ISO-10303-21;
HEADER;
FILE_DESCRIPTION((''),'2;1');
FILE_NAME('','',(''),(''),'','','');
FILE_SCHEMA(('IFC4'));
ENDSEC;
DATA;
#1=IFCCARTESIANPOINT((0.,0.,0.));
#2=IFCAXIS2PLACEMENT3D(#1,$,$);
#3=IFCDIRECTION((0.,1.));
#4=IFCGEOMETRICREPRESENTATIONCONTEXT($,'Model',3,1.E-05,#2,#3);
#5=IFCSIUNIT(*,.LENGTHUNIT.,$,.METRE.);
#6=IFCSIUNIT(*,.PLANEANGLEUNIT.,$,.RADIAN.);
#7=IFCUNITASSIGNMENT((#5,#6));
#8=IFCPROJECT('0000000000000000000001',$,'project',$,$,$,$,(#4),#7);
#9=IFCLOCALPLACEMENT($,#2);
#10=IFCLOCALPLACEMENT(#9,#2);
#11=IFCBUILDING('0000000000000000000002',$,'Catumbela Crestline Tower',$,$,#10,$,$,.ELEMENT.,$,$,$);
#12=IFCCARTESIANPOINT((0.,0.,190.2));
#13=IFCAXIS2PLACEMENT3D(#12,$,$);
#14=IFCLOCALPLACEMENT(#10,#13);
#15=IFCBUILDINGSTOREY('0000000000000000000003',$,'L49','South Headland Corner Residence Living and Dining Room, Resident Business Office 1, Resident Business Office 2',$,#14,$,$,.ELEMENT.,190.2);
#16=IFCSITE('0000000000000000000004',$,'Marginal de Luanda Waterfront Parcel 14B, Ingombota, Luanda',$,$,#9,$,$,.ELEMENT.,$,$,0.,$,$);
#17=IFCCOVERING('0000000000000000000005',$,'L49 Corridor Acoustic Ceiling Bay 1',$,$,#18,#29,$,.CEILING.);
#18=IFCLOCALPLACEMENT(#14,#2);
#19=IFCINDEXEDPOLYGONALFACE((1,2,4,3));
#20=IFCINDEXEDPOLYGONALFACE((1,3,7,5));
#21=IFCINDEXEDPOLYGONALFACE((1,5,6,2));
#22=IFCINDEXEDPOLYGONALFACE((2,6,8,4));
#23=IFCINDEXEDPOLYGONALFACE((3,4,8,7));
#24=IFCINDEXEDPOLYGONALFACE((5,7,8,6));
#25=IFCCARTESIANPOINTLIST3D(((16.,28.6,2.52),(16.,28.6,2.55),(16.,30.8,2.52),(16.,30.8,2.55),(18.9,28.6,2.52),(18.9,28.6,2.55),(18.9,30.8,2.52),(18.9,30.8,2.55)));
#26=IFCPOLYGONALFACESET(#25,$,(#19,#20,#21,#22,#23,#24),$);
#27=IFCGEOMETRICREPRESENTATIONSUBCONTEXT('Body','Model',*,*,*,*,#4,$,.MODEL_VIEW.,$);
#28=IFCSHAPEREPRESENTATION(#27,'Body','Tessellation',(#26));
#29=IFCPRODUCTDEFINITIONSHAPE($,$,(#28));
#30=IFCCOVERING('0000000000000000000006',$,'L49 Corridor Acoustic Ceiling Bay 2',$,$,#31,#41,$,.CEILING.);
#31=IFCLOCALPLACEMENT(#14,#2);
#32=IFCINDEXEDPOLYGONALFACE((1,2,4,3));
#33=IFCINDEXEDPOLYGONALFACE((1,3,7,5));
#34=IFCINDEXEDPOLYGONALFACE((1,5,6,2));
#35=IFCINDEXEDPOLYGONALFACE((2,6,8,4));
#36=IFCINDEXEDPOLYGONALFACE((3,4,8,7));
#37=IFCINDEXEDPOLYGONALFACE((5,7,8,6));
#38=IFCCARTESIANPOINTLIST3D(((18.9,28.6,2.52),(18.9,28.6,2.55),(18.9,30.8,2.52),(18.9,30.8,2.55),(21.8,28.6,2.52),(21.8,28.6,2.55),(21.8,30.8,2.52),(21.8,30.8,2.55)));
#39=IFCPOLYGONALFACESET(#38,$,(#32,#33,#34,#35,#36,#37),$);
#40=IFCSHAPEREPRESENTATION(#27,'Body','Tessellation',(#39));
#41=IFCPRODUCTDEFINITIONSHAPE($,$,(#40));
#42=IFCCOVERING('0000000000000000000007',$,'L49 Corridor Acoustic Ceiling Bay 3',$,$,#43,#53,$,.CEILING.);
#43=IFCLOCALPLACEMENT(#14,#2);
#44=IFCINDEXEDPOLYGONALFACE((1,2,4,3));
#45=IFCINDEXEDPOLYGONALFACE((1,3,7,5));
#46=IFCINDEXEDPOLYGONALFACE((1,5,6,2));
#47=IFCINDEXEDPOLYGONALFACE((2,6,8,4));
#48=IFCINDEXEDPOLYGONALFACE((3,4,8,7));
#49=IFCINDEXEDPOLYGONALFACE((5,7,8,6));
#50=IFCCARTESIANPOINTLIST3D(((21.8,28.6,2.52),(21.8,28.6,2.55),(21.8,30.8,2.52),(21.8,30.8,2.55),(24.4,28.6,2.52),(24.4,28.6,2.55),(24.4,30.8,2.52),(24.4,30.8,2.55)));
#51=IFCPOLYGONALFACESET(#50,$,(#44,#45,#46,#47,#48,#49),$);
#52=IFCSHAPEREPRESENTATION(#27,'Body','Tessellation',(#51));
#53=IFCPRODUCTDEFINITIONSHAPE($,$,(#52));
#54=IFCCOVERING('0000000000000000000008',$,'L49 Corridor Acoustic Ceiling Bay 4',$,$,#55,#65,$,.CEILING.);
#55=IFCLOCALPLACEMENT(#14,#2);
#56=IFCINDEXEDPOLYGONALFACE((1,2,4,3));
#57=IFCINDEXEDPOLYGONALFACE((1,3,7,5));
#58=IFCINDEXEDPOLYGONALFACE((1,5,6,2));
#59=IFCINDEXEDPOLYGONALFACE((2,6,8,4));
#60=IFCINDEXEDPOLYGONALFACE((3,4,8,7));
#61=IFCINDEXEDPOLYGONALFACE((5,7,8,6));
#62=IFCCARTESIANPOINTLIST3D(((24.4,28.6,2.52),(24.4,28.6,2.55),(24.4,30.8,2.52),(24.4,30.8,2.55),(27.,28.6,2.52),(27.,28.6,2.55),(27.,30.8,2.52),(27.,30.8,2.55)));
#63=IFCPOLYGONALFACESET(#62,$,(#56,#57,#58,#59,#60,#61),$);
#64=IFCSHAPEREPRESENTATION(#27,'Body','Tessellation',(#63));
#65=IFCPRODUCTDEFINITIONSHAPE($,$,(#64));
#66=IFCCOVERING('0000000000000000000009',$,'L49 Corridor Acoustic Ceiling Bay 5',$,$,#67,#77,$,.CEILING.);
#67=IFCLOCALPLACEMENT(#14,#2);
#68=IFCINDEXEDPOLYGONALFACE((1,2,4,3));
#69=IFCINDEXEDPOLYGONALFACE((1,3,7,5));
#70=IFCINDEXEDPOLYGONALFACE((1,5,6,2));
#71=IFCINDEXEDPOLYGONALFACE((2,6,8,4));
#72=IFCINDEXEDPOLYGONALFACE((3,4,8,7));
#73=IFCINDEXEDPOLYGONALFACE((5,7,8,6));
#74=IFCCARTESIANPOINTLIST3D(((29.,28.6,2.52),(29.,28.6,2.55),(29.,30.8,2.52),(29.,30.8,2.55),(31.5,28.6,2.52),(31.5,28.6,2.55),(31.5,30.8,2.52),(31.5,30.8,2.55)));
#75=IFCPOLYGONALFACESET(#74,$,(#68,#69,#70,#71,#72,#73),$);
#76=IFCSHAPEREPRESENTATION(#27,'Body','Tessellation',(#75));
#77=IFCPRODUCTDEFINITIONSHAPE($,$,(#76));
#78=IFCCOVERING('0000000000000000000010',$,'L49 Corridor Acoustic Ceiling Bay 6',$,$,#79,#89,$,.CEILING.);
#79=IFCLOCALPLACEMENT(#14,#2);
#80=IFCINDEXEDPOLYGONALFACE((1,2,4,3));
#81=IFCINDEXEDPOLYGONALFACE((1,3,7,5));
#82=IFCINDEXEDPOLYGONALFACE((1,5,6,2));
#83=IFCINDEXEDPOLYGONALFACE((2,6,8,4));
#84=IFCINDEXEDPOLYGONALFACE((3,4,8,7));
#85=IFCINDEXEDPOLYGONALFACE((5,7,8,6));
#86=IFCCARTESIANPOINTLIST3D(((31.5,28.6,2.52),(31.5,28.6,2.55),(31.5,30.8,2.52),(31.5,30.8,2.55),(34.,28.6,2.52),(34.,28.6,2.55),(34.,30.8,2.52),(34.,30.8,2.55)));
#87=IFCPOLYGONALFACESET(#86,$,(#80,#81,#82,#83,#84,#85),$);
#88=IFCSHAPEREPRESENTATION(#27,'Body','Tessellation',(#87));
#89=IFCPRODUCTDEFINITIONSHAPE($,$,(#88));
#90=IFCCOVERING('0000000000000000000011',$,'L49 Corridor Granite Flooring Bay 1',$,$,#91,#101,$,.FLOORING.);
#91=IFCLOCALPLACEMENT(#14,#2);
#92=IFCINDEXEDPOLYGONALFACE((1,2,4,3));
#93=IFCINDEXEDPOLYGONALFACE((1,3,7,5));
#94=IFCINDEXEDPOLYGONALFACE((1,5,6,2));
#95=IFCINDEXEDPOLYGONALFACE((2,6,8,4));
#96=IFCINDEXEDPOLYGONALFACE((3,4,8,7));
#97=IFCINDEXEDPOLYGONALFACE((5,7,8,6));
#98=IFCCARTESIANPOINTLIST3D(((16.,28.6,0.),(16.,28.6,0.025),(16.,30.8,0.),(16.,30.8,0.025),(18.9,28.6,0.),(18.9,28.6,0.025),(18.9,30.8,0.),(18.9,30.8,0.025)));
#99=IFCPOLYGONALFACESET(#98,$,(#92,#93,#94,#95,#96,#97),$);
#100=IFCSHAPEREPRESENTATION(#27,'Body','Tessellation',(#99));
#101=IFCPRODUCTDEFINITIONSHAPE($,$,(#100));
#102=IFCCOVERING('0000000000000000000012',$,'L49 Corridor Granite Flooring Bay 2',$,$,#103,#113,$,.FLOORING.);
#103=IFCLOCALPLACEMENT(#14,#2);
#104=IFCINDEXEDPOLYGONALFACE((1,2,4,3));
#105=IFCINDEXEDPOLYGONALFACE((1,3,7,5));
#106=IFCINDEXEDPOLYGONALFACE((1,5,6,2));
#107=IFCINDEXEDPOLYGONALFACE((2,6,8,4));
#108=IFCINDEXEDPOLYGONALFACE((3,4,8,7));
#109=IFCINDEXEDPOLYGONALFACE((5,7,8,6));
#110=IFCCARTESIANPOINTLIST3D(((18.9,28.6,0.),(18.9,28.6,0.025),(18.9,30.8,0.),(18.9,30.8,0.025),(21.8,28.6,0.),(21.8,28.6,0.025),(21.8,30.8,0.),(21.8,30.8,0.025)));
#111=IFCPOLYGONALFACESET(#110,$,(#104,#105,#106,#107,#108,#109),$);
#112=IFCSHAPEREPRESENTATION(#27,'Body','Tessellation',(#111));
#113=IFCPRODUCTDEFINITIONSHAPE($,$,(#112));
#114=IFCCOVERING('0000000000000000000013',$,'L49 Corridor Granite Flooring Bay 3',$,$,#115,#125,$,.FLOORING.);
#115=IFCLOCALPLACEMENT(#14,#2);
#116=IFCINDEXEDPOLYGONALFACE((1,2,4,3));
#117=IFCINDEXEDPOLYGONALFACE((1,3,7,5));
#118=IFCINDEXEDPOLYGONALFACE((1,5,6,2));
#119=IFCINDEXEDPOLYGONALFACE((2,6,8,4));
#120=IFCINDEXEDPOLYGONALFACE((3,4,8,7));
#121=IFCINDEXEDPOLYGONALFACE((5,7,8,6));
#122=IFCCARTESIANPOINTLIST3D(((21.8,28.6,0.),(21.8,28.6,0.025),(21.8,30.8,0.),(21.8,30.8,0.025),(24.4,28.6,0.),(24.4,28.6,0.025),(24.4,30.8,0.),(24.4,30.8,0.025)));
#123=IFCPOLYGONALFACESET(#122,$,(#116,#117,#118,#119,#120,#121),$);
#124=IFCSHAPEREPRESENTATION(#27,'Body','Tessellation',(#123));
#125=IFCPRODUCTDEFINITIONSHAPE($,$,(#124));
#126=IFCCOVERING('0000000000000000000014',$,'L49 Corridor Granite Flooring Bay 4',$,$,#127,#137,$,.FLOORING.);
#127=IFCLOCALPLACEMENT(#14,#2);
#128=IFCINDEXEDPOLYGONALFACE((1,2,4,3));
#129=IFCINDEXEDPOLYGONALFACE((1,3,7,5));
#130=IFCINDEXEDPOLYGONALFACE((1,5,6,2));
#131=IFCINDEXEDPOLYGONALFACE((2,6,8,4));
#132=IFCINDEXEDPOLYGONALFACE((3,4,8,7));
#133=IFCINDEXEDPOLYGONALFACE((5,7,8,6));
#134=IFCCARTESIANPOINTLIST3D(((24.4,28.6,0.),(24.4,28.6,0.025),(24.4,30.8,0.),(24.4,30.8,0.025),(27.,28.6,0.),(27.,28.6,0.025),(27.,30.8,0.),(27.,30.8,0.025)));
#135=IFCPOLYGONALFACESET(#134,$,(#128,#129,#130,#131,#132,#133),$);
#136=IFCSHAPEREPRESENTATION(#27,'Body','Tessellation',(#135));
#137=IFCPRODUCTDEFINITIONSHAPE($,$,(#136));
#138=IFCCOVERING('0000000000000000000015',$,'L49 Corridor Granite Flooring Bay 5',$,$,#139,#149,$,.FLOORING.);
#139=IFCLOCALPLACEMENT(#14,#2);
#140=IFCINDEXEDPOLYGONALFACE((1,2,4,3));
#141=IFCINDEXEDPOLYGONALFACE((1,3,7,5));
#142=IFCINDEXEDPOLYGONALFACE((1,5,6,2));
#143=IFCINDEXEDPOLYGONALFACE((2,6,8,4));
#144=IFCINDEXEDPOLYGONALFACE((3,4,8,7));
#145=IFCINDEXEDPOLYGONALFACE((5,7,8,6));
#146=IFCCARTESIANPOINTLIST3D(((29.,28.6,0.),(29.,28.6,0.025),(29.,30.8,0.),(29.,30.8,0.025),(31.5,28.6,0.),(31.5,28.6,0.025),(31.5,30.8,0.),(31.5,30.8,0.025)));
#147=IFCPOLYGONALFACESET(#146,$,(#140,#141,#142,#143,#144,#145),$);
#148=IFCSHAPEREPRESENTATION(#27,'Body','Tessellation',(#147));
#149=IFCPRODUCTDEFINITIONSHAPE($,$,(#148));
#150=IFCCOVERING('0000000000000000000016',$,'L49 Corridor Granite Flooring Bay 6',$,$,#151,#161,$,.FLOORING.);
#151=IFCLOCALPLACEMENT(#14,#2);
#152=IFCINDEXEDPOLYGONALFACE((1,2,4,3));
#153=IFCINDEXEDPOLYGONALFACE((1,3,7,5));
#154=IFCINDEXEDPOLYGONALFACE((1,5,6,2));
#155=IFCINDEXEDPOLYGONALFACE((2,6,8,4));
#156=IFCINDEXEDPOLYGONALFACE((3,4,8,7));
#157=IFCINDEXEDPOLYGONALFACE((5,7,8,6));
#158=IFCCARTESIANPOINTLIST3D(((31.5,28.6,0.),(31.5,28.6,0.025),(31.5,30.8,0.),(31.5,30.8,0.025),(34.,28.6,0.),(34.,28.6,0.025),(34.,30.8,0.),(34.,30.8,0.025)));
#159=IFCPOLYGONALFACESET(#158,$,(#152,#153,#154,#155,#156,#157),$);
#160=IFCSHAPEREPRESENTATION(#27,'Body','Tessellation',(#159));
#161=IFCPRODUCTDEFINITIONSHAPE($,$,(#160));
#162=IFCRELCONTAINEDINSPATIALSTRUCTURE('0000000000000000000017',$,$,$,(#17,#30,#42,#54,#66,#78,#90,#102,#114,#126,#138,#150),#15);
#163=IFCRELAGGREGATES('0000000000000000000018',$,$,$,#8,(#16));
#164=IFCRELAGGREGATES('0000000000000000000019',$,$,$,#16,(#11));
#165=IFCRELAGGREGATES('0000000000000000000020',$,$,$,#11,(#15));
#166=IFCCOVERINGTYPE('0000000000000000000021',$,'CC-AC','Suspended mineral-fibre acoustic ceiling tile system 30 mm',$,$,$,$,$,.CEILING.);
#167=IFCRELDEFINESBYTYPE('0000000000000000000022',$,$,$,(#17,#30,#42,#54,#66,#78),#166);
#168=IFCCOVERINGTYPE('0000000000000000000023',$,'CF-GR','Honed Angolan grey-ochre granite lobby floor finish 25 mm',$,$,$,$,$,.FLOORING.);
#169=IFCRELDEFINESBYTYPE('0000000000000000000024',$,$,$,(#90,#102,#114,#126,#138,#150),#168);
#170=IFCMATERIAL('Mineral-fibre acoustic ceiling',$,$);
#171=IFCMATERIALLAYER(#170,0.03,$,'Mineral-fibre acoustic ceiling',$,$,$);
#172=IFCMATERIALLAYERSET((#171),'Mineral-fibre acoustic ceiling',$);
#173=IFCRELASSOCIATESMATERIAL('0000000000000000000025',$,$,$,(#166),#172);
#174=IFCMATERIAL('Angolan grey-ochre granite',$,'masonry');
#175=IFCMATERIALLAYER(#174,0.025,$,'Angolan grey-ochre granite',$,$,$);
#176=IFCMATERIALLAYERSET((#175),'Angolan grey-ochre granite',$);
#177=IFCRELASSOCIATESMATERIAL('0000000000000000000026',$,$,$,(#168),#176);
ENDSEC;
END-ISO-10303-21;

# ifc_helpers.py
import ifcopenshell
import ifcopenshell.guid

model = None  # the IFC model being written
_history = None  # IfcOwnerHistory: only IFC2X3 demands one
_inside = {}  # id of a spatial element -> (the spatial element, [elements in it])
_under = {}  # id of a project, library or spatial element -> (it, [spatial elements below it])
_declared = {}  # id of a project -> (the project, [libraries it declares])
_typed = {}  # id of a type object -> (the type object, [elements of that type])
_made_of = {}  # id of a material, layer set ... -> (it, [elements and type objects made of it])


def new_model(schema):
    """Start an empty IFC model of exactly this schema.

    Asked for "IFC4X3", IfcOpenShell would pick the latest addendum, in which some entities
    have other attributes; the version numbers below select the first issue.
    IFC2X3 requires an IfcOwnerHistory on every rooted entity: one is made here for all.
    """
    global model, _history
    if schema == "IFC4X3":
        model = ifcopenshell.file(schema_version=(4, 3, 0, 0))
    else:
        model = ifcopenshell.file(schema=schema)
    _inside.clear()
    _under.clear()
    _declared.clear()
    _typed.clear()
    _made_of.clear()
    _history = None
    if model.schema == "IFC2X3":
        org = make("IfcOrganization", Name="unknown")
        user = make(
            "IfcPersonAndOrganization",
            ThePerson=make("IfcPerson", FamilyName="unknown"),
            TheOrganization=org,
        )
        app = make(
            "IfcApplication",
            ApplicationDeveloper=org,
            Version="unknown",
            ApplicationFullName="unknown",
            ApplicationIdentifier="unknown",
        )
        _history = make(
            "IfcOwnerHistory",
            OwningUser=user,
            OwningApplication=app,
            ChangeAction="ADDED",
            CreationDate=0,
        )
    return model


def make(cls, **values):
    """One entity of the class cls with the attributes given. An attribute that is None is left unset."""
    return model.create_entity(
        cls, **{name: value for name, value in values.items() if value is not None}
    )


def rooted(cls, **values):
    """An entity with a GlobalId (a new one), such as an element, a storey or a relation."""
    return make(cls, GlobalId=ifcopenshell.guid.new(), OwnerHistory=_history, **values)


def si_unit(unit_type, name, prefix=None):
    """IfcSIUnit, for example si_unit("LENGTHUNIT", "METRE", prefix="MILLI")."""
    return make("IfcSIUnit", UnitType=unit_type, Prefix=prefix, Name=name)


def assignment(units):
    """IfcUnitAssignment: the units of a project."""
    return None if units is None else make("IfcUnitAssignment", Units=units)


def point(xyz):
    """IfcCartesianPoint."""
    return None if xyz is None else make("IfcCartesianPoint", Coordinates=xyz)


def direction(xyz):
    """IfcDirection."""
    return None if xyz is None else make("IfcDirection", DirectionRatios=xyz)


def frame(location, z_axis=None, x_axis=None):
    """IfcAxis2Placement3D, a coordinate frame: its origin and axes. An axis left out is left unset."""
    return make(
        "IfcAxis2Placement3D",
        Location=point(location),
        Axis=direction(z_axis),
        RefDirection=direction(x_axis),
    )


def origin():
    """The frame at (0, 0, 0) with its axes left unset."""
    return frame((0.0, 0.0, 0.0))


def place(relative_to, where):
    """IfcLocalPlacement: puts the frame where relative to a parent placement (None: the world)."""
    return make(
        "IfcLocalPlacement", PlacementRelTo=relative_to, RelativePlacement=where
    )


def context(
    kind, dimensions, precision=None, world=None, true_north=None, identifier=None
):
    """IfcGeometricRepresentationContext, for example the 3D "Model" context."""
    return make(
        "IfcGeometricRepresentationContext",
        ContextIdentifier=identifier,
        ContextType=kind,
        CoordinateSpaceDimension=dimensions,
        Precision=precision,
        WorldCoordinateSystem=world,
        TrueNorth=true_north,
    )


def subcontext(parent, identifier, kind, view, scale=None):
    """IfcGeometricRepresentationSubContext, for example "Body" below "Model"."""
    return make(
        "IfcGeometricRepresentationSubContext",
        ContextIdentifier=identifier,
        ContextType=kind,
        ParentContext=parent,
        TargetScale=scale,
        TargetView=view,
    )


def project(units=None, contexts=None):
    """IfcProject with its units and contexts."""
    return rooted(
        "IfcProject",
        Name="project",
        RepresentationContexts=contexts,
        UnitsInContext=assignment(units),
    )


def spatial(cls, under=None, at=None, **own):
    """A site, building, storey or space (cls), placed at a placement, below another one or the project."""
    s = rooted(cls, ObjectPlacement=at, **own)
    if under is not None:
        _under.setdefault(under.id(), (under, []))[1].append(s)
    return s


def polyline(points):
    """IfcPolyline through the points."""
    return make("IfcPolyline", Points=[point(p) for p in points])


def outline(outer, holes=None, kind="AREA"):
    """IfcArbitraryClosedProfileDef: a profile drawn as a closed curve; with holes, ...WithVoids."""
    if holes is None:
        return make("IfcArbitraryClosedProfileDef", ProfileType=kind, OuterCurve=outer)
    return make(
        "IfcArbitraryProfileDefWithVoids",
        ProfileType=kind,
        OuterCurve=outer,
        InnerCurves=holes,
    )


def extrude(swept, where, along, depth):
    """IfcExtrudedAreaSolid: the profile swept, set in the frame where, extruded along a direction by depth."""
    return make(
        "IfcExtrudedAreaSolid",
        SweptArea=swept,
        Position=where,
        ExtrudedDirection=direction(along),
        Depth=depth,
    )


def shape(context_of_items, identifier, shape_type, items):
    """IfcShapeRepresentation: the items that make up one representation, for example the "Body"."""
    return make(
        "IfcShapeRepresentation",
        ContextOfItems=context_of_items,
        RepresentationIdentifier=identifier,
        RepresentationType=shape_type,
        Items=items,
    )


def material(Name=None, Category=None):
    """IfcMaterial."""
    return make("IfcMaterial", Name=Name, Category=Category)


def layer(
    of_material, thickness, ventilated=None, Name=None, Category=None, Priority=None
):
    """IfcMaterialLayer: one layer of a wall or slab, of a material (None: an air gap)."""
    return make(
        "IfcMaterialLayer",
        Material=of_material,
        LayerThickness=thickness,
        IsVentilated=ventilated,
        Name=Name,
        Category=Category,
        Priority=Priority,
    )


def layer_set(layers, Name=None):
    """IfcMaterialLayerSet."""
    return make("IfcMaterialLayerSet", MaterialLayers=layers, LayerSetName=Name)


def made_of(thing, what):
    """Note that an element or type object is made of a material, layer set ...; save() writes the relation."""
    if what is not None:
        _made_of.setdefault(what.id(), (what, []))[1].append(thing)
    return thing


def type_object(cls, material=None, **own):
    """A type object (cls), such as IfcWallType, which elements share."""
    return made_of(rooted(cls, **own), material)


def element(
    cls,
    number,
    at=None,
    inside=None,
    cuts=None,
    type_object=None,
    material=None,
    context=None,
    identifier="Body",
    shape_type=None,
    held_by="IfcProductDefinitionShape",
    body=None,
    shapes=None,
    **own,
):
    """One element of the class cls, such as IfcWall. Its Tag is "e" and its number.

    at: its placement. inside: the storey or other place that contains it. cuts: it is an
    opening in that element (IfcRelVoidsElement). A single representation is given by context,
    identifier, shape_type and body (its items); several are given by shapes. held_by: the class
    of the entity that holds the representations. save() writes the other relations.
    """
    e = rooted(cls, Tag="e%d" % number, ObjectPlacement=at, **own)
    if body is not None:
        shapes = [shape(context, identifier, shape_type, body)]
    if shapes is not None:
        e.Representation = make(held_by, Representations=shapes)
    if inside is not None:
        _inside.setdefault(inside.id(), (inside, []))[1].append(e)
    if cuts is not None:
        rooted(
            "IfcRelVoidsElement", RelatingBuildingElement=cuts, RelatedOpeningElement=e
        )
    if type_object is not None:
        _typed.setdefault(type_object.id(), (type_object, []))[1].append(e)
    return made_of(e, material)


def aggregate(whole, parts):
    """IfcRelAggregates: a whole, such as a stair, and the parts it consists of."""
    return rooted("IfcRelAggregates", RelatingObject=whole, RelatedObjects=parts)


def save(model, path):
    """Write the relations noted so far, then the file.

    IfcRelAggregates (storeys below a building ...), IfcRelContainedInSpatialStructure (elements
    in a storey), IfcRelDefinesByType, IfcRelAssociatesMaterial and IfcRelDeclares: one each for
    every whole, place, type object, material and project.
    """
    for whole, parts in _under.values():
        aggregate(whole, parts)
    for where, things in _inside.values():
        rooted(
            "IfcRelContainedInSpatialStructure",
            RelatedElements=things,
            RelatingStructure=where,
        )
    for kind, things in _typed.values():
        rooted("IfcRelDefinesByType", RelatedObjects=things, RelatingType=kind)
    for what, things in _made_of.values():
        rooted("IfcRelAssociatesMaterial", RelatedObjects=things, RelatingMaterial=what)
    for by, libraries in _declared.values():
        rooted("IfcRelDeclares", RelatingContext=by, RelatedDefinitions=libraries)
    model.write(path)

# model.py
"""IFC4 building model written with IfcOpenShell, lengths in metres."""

from ifc_helpers import new_model, si_unit, direction, frame, origin, place, context, subcontext, project, spatial, polyline, outline, extrude, material, layer, layer_set, type_object, element, save


model = new_model("IFC4")

# Units and contexts
model_context = context("Model", 3, precision=1e-05, world=origin(), true_north=direction((0.0, 1.0)))
body_context = subcontext(model_context, "Body", "Model", "MODEL_VIEW")
ifc_project = project(units=[si_unit("LENGTHUNIT", "METRE"), si_unit("PLANEANGLEUNIT", "RADIAN")], contexts=[model_context])

# Site, building, storey
site_placement = place(None, origin())
site = spatial("IfcSite", under=ifc_project, at=site_placement, Name="Marginal de Luanda Waterfront Parcel 14B, Ingombota, Luanda", CompositionType="ELEMENT", RefElevation=0.0)
building_placement = place(site_placement, origin())
building = spatial("IfcBuilding", under=site, at=building_placement, Name="Catumbela Crestline Tower", CompositionType="ELEMENT")
storey_placement = place(building_placement, frame((0.0, 0.0, 190.2)))
storey = spatial("IfcBuildingStorey", under=building, at=storey_placement, Name="L49", Description="South Headland Corner Residence Living and Dining Room, Resident Business Office 1, Resident Business Office 2", CompositionType="ELEMENT", Elevation=190.2)

# Coverings
ifc_material_1 = material(Name="Mineral-fibre acoustic ceiling")
ifc_layer_1 = layer(ifc_material_1, 0.03, Name="Mineral-fibre acoustic ceiling")
ifc_layer_set_1 = layer_set([ifc_layer_1], Name="Mineral-fibre acoustic ceiling")
covering_type_1 = type_object("IfcCoveringType", Name="CC-AC", Description="Suspended mineral-fibre acoustic ceiling tile system 30 mm", PredefinedType="CEILING", material=ifc_layer_set_1)
covering_1_placement = place(storey_placement, frame((0.0, 0.0, 2.52)))
element("IfcCovering", 1, at=covering_1_placement, inside=storey, type_object=covering_type_1, Name="L49 Corridor Acoustic Ceiling Bay 1", PredefinedType="CEILING", context=body_context, shape_type="SweptSolid", body=[
    extrude(outline(polyline([(16.0, 28.6), (18.9, 28.6), (18.9, 30.8), (16.0, 30.8), (16.0, 28.6)])), origin(), (0.0, 0.0, 1.0), 0.03),
])
covering_2_placement = place(storey_placement, frame((0.0, 0.0, 2.52)))
element("IfcCovering", 2, at=covering_2_placement, inside=storey, type_object=covering_type_1, Name="L49 Corridor Acoustic Ceiling Bay 2", PredefinedType="CEILING", context=body_context, shape_type="SweptSolid", body=[
    extrude(outline(polyline([(18.9, 28.6), (21.8, 28.6), (21.8, 30.8), (18.9, 30.8), (18.9, 28.6)])), origin(), (0.0, 0.0, 1.0), 0.03),
])
covering_3_placement = place(storey_placement, frame((0.0, 0.0, 2.52)))
element("IfcCovering", 3, at=covering_3_placement, inside=storey, type_object=covering_type_1, Name="L49 Corridor Acoustic Ceiling Bay 3", PredefinedType="CEILING", context=body_context, shape_type="SweptSolid", body=[
    extrude(outline(polyline([(21.8, 28.6), (24.4, 28.6), (24.4, 30.8), (21.8, 30.8), (21.8, 28.6)])), origin(), (0.0, 0.0, 1.0), 0.03),
])
covering_4_placement = place(storey_placement, frame((0.0, 0.0, 2.52)))
element("IfcCovering", 4, at=covering_4_placement, inside=storey, type_object=covering_type_1, Name="L49 Corridor Acoustic Ceiling Bay 4", PredefinedType="CEILING", context=body_context, shape_type="SweptSolid", body=[
    extrude(outline(polyline([(24.4, 28.6), (27.0, 28.6), (27.0, 30.8), (24.4, 30.8), (24.4, 28.6)])), origin(), (0.0, 0.0, 1.0), 0.03),
])
covering_5_placement = place(storey_placement, frame((0.0, 0.0, 2.52)))
element("IfcCovering", 5, at=covering_5_placement, inside=storey, type_object=covering_type_1, Name="L49 Corridor Acoustic Ceiling Bay 5", PredefinedType="CEILING", context=body_context, shape_type="SweptSolid", body=[
    extrude(outline(polyline([(29.0, 28.6), (31.5, 28.6), (31.5, 30.8), (29.0, 30.8), (29.0, 28.6)])), origin(), (0.0, 0.0, 1.0), 0.03),
])
covering_6_placement = place(storey_placement, frame((0.0, 0.0, 2.52)))
element("IfcCovering", 6, at=covering_6_placement, inside=storey, type_object=covering_type_1, Name="L49 Corridor Acoustic Ceiling Bay 6", PredefinedType="CEILING", context=body_context, shape_type="SweptSolid", body=[
    extrude(outline(polyline([(31.5, 28.6), (34.0, 28.6), (34.0, 30.8), (31.5, 30.8), (31.5, 28.6)])), origin(), (0.0, 0.0, 1.0), 0.03),
])
ifc_material_2 = material(Name="Angolan grey-ochre granite", Category="masonry")
ifc_layer_2 = layer(ifc_material_2, 0.025, Name="Angolan grey-ochre granite")
ifc_layer_set_2 = layer_set([ifc_layer_2], Name="Angolan grey-ochre granite")
covering_type_2 = type_object("IfcCoveringType", Name="CF-GR", Description="Honed Angolan grey-ochre granite lobby floor finish 25 mm", PredefinedType="FLOORING", material=ifc_layer_set_2)
covering_7_placement = place(storey_placement, origin())
element("IfcCovering", 7, at=covering_7_placement, inside=storey, type_object=covering_type_2, Name="L49 Corridor Granite Flooring Bay 1", PredefinedType="FLOORING", context=body_context, shape_type="SweptSolid", body=[
    extrude(outline(polyline([(16.0, 28.6), (18.9, 28.6), (18.9, 30.8), (16.0, 30.8), (16.0, 28.6)])), origin(), (0.0, 0.0, 1.0), 0.025),
])
covering_8_placement = place(storey_placement, origin())
element("IfcCovering", 8, at=covering_8_placement, inside=storey, type_object=covering_type_2, Name="L49 Corridor Granite Flooring Bay 2", PredefinedType="FLOORING", context=body_context, shape_type="SweptSolid", body=[
    extrude(outline(polyline([(18.9, 28.6), (21.8, 28.6), (21.8, 30.8), (18.9, 30.8), (18.9, 28.6)])), origin(), (0.0, 0.0, 1.0), 0.025),
])
covering_9_placement = place(storey_placement, origin())
element("IfcCovering", 9, at=covering_9_placement, inside=storey, type_object=covering_type_2, Name="L49 Corridor Granite Flooring Bay 3", PredefinedType="FLOORING", context=body_context, shape_type="SweptSolid", body=[
    extrude(outline(polyline([(21.8, 28.6), (24.4, 28.6), (24.4, 30.8), (21.8, 30.8), (21.8, 28.6)])), origin(), (0.0, 0.0, 1.0), 0.025),
])
covering_10_placement = place(storey_placement, origin())
element("IfcCovering", 10, at=covering_10_placement, inside=storey, type_object=covering_type_2, Name="L49 Corridor Granite Flooring Bay 4", PredefinedType="FLOORING", context=body_context, shape_type="SweptSolid", body=[
    extrude(outline(polyline([(24.4, 28.6), (27.0, 28.6), (27.0, 30.8), (24.4, 30.8), (24.4, 28.6)])), origin(), (0.0, 0.0, 1.0), 0.025),
])
covering_11_placement = place(storey_placement, origin())
element("IfcCovering", 11, at=covering_11_placement, inside=storey, type_object=covering_type_2, Name="L49 Corridor Granite Flooring Bay 5", PredefinedType="FLOORING", context=body_context, shape_type="SweptSolid", body=[
    extrude(outline(polyline([(29.0, 28.6), (31.5, 28.6), (31.5, 30.8), (29.0, 30.8), (29.0, 28.6)])), origin(), (0.0, 0.0, 1.0), 0.025),
])
covering_12_placement = place(storey_placement, origin())
element("IfcCovering", 12, at=covering_12_placement, inside=storey, type_object=covering_type_2, Name="L49 Corridor Granite Flooring Bay 6", PredefinedType="FLOORING", context=body_context, shape_type="SweptSolid", body=[
    extrude(outline(polyline([(31.5, 28.6), (34.0, 28.6), (34.0, 30.8), (31.5, 30.8), (31.5, 28.6)])), origin(), (0.0, 0.0, 1.0), 0.025),
])

save(model, "model.ifc")
